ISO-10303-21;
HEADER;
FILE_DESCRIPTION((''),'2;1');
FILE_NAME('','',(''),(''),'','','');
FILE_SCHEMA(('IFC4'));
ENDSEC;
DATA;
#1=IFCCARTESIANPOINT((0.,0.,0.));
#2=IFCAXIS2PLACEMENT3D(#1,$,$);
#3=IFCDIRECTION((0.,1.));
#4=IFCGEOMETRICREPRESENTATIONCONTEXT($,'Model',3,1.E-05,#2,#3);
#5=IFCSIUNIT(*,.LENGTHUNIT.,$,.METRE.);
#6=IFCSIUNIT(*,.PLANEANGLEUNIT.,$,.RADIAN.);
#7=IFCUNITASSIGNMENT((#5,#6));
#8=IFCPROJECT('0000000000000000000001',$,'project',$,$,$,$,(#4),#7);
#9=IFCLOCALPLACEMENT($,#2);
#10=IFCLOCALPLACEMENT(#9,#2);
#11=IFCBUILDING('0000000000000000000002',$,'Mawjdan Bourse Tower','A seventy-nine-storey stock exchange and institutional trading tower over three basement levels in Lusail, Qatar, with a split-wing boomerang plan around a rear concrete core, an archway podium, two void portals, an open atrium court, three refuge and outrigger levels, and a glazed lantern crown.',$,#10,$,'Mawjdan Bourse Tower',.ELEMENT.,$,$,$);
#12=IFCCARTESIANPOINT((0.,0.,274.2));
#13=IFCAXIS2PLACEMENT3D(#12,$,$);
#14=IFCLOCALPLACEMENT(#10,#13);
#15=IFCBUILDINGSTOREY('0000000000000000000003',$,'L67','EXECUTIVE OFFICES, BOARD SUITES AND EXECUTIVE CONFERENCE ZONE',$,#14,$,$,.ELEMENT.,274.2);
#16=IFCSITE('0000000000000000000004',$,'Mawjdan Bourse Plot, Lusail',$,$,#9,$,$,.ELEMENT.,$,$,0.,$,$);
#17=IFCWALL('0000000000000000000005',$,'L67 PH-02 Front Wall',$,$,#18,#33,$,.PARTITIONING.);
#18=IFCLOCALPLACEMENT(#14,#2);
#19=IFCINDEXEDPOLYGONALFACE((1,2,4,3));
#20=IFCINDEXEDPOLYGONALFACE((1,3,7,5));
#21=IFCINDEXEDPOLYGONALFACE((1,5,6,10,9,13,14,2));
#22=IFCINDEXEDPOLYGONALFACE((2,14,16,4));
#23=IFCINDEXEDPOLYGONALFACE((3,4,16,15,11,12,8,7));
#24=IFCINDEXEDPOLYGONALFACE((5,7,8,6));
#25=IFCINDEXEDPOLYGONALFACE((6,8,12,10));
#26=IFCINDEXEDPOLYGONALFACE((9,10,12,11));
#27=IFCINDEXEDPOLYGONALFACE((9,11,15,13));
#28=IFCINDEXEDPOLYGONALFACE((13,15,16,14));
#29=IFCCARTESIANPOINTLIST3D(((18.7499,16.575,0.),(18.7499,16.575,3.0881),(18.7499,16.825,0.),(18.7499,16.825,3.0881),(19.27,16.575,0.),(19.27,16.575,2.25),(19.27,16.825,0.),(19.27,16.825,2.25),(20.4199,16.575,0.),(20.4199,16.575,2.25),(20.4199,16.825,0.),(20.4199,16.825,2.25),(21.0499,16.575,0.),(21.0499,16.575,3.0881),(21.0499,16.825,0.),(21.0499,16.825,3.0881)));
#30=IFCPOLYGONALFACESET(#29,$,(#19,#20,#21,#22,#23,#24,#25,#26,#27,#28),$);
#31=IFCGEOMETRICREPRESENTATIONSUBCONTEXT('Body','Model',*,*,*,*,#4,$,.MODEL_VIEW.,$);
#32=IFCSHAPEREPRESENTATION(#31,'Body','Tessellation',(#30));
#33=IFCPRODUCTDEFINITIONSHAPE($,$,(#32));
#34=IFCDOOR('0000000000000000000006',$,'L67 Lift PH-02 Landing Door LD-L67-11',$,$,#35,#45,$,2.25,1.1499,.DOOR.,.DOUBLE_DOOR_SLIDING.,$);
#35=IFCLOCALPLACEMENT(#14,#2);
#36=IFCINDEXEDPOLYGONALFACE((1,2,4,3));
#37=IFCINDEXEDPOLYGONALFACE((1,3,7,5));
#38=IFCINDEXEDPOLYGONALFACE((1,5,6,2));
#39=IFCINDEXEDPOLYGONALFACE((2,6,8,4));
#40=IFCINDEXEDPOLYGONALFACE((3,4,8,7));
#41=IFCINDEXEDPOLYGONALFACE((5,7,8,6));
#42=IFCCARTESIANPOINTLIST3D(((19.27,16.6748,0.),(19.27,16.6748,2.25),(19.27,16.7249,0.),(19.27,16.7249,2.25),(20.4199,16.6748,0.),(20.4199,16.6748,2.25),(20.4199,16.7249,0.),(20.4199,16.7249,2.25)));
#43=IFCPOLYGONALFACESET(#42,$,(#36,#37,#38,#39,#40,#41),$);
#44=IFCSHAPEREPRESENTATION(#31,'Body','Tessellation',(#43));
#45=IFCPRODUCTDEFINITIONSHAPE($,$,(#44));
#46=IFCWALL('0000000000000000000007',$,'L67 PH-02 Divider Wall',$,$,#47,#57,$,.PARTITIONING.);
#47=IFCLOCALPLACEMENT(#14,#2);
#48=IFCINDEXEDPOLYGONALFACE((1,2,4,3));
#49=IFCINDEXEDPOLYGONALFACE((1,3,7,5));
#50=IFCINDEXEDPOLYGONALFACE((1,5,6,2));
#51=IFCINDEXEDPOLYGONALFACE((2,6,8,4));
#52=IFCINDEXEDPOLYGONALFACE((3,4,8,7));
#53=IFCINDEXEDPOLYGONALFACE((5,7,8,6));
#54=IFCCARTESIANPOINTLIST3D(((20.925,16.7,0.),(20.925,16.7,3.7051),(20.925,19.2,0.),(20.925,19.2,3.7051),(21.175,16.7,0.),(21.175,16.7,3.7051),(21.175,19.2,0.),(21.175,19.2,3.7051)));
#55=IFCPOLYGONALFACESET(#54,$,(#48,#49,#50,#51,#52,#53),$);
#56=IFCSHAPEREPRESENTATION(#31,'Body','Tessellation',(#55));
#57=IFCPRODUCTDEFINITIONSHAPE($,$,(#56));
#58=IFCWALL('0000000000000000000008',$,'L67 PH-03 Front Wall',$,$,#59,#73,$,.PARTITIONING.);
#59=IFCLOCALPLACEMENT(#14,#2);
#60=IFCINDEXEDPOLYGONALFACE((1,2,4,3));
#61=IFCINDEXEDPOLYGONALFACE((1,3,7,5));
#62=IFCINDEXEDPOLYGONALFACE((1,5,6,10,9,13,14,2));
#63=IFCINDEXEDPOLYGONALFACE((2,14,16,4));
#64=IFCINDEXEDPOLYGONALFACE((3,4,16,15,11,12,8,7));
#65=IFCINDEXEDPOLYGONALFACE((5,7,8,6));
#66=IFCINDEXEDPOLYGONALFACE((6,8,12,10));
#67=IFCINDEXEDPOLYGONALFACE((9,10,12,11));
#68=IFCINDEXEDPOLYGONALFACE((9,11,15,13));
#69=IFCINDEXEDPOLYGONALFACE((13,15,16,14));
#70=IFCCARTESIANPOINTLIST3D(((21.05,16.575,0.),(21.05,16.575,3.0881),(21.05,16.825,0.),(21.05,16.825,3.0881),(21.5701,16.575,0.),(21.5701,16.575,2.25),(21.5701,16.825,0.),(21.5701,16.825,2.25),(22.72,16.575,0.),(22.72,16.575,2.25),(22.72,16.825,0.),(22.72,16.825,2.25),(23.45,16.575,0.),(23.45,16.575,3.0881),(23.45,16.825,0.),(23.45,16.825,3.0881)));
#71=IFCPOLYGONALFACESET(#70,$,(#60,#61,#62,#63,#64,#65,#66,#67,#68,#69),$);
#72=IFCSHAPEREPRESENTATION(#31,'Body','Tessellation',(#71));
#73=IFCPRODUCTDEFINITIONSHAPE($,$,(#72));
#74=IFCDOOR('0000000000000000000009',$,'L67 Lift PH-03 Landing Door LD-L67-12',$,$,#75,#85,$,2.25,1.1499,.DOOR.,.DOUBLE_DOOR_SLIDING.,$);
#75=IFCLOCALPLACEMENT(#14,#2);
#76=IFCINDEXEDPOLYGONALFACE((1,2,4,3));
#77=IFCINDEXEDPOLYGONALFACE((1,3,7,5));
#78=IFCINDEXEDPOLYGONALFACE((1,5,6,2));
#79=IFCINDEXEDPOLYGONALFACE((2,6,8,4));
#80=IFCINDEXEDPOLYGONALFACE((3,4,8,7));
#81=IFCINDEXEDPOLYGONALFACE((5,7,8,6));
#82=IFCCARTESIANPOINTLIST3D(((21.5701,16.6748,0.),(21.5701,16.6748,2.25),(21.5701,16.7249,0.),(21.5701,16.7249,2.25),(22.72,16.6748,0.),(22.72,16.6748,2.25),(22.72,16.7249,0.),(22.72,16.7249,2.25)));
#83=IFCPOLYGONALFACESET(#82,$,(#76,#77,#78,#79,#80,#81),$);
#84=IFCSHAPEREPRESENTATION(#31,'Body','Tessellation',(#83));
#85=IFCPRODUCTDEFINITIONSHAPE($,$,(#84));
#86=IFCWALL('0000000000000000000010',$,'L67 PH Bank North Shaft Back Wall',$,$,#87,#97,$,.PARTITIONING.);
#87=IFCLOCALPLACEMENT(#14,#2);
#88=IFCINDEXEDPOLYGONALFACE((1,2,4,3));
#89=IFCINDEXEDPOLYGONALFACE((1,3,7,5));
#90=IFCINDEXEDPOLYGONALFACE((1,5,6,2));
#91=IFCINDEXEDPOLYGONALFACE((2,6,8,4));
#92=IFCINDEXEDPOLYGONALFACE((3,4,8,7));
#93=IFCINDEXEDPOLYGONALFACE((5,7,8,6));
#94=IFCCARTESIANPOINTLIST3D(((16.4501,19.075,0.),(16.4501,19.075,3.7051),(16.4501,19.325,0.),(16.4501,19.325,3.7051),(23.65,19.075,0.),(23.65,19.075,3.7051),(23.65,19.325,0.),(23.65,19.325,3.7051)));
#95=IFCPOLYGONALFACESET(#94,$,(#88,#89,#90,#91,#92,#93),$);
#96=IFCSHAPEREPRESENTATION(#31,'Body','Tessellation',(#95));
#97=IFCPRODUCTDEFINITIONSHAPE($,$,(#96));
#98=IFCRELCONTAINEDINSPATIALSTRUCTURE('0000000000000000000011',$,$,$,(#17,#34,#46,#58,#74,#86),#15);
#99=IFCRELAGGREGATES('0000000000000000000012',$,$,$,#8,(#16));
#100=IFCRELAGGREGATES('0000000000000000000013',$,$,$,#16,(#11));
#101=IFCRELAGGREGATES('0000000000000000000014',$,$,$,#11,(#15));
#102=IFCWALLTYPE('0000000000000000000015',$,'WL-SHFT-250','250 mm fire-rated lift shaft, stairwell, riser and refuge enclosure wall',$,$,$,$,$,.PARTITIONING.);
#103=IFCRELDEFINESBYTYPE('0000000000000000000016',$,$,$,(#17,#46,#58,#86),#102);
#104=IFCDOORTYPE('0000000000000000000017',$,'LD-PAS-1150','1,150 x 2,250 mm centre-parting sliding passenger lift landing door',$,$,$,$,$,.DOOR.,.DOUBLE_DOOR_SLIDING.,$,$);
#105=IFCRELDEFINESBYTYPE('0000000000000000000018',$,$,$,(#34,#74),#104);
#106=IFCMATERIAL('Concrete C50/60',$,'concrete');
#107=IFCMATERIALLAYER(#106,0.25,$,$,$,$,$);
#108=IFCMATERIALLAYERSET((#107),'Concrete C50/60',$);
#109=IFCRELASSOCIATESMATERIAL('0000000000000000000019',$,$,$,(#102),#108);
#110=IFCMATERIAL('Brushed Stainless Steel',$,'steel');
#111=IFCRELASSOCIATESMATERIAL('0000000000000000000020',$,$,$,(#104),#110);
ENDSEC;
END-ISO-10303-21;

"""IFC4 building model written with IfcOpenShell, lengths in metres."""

from ifc_helpers import new_model, si_unit, direction, frame, frame_2d, origin, place, context, subcontext, project, spatial, rectangle, extrude, material, layer, layer_set, type_object, element, fill, save


model = new_model("IFC4")

# Units and contexts
model_context = context("Model", 3, precision=1e-05, world=origin(), true_north=direction((0.0, 1.0)))
body_context = subcontext(model_context, "Body", "Model", "MODEL_VIEW")
ifc_project = project(units=[si_unit("LENGTHUNIT", "METRE"), si_unit("PLANEANGLEUNIT", "RADIAN")], contexts=[model_context])

# Site, building, storey
site_placement = place(None, origin())
site = spatial("IfcSite", under=ifc_project, at=site_placement, Name="Mawjdan Bourse Plot, Lusail", CompositionType="ELEMENT", RefElevation=0.0)
building_placement = place(site_placement, origin())
building = spatial("IfcBuilding", under=site, at=building_placement, Name="Mawjdan Bourse Tower", Description="A seventy-nine-storey stock exchange and institutional trading tower over three basement levels in Lusail, Qatar, with a split-wing boomerang plan around a rear concrete core, an archway podium, two void portals, an open atrium court, three refuge and outrigger levels, and a glazed lantern crown.", LongName="Mawjdan Bourse Tower", CompositionType="ELEMENT")
storey_placement = place(building_placement, frame((0.0, 0.0, 274.2)))
storey = spatial("IfcBuildingStorey", under=building, at=storey_placement, Name="L67", Description="EXECUTIVE OFFICES, BOARD SUITES AND EXECUTIVE CONFERENCE ZONE", CompositionType="ELEMENT", Elevation=274.2)

# Shared definitions
ifc_material_1 = material(Name="Concrete C50/60", Category="concrete")
ifc_layer_1 = layer(ifc_material_1, 0.25)
ifc_layer_set_1 = layer_set([ifc_layer_1], Name="Concrete C50/60")
wall_type_1 = type_object("IfcWallType", Name="WL-SHFT-250", Description="250 mm fire-rated lift shaft, stairwell, riser and refuge enclosure wall", PredefinedType="PARTITIONING", material=ifc_layer_set_1)

# Shared definitions
ifc_material_2 = material(Name="Brushed Stainless Steel", Category="steel")
door_type_1 = type_object("IfcDoorType", Name="LD-PAS-1150", Description="1,150 x 2,250 mm centre-parting sliding passenger lift landing door", OperationType="DOUBLE_DOOR_SLIDING", PredefinedType="DOOR", material=ifc_material_2)

# Wall, opening, door
wall_1_placement = place(storey_placement, frame((18.75, 16.7, 0.0), z_axis=(0.0, 0.0, 1.0), x_axis=(1.0, 0.0, 0.0)))
wall_1 = element("IfcWall", 1, at=wall_1_placement, inside=storey, type_object=wall_type_1, Name="L67 PH-02 Front Wall", PredefinedType="PARTITIONING", context=body_context, shape_type="SweptSolid", body=[
    extrude(rectangle(XDim=2.3, YDim=0.25, at=frame_2d((1.1499, 0.0))), origin(), (0.0, 0.0, 1.0), 3.0881),
])
opening_1_placement = place(wall_1_placement, frame((0.52, 0.0, 0.0)))
opening_1 = element("IfcOpeningElement", 2, at=opening_1_placement, cuts=wall_1, PredefinedType="OPENING", context=body_context, shape_type="SweptSolid", body=[
    extrude(rectangle(XDim=1.1499, YDim=2.25, at=frame_2d((0.575, 1.125))), frame((0.0, 0.135, 0.0), z_axis=(0.0, -1.0, 0.0), x_axis=(1.0, 0.0, 0.0)), (0.0, 0.0, 1.0), 0.27),
])
door_1_placement = place(opening_1_placement, origin())
door_1 = element("IfcDoor", 3, at=door_1_placement, inside=storey, type_object=door_type_1, Name="L67 Lift PH-02 Landing Door LD-L67-11", OperationType="DOUBLE_DOOR_SLIDING", OverallHeight=2.25, OverallWidth=1.1499, PredefinedType="DOOR", context=body_context, shape_type="SweptSolid", body=[
    extrude(rectangle(XDim=1.1499, YDim=2.25, at=frame_2d((0.575, 1.125))), frame((0.0, 0.0249, 0.0), z_axis=(0.0, -1.0, 0.0), x_axis=(1.0, 0.0, 0.0)), (0.0, 0.0, 1.0), 0.05),
])
fill(opening_1, door_1)

# Wall
wall_2_placement = place(storey_placement, frame((21.05, 16.7, 0.0), z_axis=(0.0, 0.0, 1.0), x_axis=(0.0, 1.0, 0.0)))
element("IfcWall", 4, at=wall_2_placement, inside=storey, type_object=wall_type_1, Name="L67 PH-02 Divider Wall", PredefinedType="PARTITIONING", context=body_context, shape_type="SweptSolid", body=[
    extrude(rectangle(XDim=2.5, YDim=0.25, at=frame_2d((1.25, 0.0))), origin(), (0.0, 0.0, 1.0), 3.7051),
])

# Wall, opening, door
wall_3_placement = place(storey_placement, frame((21.05, 16.7, 0.0), z_axis=(0.0, 0.0, 1.0), x_axis=(1.0, 0.0, 0.0)))
wall_3 = element("IfcWall", 5, at=wall_3_placement, inside=storey, type_object=wall_type_1, Name="L67 PH-03 Front Wall", PredefinedType="PARTITIONING", context=body_context, shape_type="SweptSolid", body=[
    extrude(rectangle(XDim=2.3999, YDim=0.25, at=frame_2d((1.2, 0.0))), origin(), (0.0, 0.0, 1.0), 3.0881),
])
opening_2_placement = place(wall_3_placement, frame((0.52, 0.0, 0.0)))
opening_2 = element("IfcOpeningElement", 6, at=opening_2_placement, cuts=wall_3, PredefinedType="OPENING", context=body_context, shape_type="SweptSolid", body=[
    extrude(rectangle(XDim=1.1499, YDim=2.25, at=frame_2d((0.575, 1.125))), frame((0.0, 0.135, 0.0), z_axis=(0.0, -1.0, 0.0), x_axis=(1.0, 0.0, 0.0)), (0.0, 0.0, 1.0), 0.27),
])
door_2_placement = place(opening_2_placement, origin())
door_2 = element("IfcDoor", 7, at=door_2_placement, inside=storey, type_object=door_type_1, Name="L67 Lift PH-03 Landing Door LD-L67-12", OperationType="DOUBLE_DOOR_SLIDING", OverallHeight=2.25, OverallWidth=1.1499, PredefinedType="DOOR", context=body_context, shape_type="SweptSolid", body=[
    extrude(rectangle(XDim=1.1499, YDim=2.25, at=frame_2d((0.575, 1.125))), frame((0.0, 0.0249, 0.0), z_axis=(0.0, -1.0, 0.0), x_axis=(1.0, 0.0, 0.0)), (0.0, 0.0, 1.0), 0.05),
])
fill(opening_2, door_2)

# Wall
wall_4_placement = place(storey_placement, frame((16.45, 19.2, 0.0), z_axis=(0.0, 0.0, 1.0), x_axis=(1.0, 0.0, 0.0)))
element("IfcWall", 8, at=wall_4_placement, inside=storey, type_object=wall_type_1, Name="L67 PH Bank North Shaft Back Wall", PredefinedType="PARTITIONING", context=body_context, shape_type="SweptSolid", body=[
    extrude(rectangle(XDim=7.2, YDim=0.25, at=frame_2d((3.6001, 0.0))), origin(), (0.0, 0.0, 1.0), 3.7051),
])

save(model, "model.ifc")
